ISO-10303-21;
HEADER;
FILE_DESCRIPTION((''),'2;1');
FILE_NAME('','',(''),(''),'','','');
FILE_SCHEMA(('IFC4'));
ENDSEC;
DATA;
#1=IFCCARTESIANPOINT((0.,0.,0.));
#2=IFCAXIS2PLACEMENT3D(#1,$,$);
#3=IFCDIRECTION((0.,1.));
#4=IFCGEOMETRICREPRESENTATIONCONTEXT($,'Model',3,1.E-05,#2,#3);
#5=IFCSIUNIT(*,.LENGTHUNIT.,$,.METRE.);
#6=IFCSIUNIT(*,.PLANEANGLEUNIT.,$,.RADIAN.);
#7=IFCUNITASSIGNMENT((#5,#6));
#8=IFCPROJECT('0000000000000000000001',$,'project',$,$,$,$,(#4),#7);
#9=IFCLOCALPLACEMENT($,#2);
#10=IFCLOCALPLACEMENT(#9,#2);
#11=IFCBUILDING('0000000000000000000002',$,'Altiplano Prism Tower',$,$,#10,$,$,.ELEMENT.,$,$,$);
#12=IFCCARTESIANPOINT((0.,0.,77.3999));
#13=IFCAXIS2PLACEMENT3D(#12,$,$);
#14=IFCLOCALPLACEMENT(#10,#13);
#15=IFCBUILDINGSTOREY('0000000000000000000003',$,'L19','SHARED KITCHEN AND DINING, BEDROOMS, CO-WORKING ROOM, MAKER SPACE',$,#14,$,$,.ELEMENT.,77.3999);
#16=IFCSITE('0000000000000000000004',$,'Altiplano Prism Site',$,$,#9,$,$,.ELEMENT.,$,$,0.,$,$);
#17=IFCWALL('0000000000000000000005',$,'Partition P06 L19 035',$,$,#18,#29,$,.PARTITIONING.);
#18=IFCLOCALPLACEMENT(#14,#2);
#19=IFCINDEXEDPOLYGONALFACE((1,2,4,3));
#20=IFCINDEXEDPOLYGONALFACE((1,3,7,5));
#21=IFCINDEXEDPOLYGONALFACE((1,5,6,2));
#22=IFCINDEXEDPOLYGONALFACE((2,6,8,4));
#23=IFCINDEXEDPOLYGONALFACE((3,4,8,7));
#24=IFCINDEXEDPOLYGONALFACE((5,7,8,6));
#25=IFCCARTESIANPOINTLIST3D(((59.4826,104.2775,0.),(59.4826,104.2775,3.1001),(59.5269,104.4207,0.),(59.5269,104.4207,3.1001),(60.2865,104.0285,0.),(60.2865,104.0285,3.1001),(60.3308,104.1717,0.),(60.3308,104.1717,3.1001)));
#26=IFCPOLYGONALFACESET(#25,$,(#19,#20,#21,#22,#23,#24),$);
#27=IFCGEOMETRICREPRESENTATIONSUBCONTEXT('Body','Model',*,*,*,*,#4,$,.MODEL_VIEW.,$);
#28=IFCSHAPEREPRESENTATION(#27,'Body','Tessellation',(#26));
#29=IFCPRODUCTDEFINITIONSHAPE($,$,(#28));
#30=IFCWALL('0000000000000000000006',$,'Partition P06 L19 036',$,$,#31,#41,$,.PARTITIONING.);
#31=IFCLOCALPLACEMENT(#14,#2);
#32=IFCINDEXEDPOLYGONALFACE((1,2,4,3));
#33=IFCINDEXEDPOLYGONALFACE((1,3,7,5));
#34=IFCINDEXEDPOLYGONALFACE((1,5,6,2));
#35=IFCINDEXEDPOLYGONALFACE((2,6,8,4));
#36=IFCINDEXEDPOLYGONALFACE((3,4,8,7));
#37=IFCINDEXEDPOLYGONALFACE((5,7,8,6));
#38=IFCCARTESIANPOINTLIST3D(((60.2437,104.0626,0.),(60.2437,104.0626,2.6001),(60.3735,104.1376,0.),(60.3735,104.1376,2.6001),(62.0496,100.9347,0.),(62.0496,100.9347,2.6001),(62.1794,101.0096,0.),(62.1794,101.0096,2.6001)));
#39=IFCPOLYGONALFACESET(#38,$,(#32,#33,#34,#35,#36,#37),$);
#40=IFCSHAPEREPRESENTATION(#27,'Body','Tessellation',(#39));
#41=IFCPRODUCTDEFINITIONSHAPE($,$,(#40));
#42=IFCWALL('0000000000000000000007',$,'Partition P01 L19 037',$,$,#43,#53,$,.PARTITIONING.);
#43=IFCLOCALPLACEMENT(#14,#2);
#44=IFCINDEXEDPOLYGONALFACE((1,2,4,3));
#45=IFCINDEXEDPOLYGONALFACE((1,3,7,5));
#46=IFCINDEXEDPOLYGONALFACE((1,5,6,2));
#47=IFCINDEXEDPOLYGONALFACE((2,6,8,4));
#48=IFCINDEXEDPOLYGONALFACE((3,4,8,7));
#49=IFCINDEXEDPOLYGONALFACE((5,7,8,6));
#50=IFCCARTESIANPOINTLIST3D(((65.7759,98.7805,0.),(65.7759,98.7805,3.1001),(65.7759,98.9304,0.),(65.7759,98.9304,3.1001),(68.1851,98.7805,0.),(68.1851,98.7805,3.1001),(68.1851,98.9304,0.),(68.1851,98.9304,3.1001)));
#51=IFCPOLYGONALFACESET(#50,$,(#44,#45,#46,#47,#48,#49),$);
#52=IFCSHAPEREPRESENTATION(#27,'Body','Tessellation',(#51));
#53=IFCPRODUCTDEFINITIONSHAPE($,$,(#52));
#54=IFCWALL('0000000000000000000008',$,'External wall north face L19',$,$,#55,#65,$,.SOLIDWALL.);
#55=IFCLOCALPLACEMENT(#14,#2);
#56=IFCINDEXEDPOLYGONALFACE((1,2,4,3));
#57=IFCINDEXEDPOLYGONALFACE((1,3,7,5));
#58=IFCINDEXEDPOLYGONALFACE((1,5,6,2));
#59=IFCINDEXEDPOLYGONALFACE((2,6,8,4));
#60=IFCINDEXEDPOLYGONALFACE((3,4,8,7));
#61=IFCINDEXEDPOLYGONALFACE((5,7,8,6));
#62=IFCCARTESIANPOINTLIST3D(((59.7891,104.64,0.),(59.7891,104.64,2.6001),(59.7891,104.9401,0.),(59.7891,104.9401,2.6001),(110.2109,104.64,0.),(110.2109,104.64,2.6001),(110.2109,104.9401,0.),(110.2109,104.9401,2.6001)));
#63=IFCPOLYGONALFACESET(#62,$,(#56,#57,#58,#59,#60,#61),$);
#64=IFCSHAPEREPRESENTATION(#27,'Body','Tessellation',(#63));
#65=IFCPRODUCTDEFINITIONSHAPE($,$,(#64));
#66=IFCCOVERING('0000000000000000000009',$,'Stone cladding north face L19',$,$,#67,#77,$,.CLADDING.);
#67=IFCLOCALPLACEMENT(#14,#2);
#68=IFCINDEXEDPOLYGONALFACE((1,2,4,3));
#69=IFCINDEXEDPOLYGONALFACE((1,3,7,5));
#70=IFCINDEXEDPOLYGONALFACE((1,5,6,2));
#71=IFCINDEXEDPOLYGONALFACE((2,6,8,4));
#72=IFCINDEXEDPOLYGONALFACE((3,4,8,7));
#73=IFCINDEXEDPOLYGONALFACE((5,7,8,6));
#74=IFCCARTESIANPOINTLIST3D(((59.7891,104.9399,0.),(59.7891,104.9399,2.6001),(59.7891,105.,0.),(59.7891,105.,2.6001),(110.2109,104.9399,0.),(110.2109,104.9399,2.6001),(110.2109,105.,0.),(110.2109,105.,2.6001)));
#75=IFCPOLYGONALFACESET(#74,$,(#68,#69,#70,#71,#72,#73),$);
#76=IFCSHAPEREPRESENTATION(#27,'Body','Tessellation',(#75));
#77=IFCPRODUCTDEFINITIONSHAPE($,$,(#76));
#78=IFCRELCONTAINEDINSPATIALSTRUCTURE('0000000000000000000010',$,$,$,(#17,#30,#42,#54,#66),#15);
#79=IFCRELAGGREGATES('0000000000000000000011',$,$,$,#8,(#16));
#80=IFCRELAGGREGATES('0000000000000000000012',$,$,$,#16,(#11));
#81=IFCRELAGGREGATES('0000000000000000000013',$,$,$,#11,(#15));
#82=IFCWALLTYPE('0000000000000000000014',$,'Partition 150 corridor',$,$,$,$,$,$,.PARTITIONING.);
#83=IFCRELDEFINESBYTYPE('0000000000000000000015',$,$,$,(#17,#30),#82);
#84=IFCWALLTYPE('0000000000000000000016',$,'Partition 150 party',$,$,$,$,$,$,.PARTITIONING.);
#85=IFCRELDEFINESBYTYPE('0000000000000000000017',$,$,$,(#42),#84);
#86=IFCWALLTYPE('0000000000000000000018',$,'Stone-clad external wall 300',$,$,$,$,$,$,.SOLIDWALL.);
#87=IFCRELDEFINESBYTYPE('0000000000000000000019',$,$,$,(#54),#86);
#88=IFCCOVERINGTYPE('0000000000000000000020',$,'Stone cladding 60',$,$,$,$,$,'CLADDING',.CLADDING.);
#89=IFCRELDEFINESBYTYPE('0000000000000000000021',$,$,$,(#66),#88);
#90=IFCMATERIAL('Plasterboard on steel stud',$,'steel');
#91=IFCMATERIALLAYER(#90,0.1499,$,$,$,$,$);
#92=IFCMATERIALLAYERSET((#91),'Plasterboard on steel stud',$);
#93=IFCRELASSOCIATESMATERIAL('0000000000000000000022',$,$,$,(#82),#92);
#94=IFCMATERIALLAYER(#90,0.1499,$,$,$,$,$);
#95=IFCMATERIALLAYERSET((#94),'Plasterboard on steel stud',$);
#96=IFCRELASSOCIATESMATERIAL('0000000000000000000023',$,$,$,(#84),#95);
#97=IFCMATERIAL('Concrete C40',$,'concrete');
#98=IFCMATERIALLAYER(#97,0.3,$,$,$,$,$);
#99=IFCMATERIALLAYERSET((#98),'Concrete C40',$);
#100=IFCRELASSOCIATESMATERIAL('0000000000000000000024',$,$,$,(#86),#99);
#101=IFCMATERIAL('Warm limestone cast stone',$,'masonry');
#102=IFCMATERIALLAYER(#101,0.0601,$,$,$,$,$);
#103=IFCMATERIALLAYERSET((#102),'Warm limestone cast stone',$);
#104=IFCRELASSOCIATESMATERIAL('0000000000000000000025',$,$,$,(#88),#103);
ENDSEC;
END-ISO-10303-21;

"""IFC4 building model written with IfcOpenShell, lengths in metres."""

from ifc_helpers import new_model, si_unit, direction, frame, frame_2d, origin, place, context, subcontext, project, spatial, rectangle, extrude, material, layer, layer_set, type_object, element, save


model = new_model("IFC4")

# Units and contexts
model_context = context("Model", 3, precision=1e-05, world=origin(), true_north=direction((0.0, 1.0)))
body_context = subcontext(model_context, "Body", "Model", "MODEL_VIEW")
ifc_project = project(units=[si_unit("LENGTHUNIT", "METRE"), si_unit("PLANEANGLEUNIT", "RADIAN")], contexts=[model_context])

# Site, building, storey
site_placement = place(None, origin())
site = spatial("IfcSite", under=ifc_project, at=site_placement, Name="Altiplano Prism Site", CompositionType="ELEMENT", RefElevation=0.0)
building_placement = place(site_placement, origin())
building = spatial("IfcBuilding", under=site, at=building_placement, Name="Altiplano Prism Tower", CompositionType="ELEMENT")
storey_placement = place(building_placement, frame((0.0, 0.0, 77.3999)))
storey = spatial("IfcBuildingStorey", under=building, at=storey_placement, Name="L19", Description="SHARED KITCHEN AND DINING, BEDROOMS, CO-WORKING ROOM, MAKER SPACE", CompositionType="ELEMENT", Elevation=77.3999)

# Shared definitions
ifc_material_1 = material(Name="Plasterboard on steel stud", Category="steel")

# Shared definitions
ifc_layer_1 = layer(ifc_material_1, 0.1499)
ifc_layer_set_1 = layer_set([ifc_layer_1], Name="Plasterboard on steel stud")
wall_type_1 = type_object("IfcWallType", Name="Partition 150 corridor", PredefinedType="PARTITIONING", material=ifc_layer_set_1)

# Walls
wall_1_placement = place(storey_placement, frame((59.5046, 104.3491, 0.0), z_axis=(0.0, 0.0, 1.0), x_axis=(0.955225, -0.295879, 0.0)))
element("IfcWall", 1, at=wall_1_placement, inside=storey, type_object=wall_type_1, Name="Partition P06 L19 035", PredefinedType="PARTITIONING", context=body_context, shape_type="SweptSolid", body=[
    extrude(rectangle(XDim=0.8416, YDim=0.1499, at=frame_2d((0.4209, 0.0))), origin(), (0.0, 0.0, 1.0), 3.1001),
])
wall_2_placement = place(storey_placement, frame((60.3086, 104.1001, 0.0), z_axis=(0.0, 0.0, 1.0), x_axis=(0.499999, -0.866026, 0.0)))
element("IfcWall", 2, at=wall_2_placement, inside=storey, type_object=wall_type_1, Name="Partition P06 L19 036", PredefinedType="PARTITIONING", context=body_context, shape_type="SweptSolid", body=[
    extrude(rectangle(XDim=3.6118, YDim=0.1499, at=frame_2d((1.8059, 0.0))), origin(), (0.0, 0.0, 1.0), 2.6001),
])
ifc_layer_2 = layer(ifc_material_1, 0.1499)
ifc_layer_set_2 = layer_set([ifc_layer_2], Name="Plasterboard on steel stud")
wall_type_2 = type_object("IfcWallType", Name="Partition 150 party", PredefinedType="PARTITIONING", material=ifc_layer_set_2)
wall_3_placement = place(storey_placement, frame((65.7759, 98.8555, 0.0), z_axis=(0.0, 0.0, 1.0), x_axis=(1.0, 0.0, 0.0)))
element("IfcWall", 3, at=wall_3_placement, inside=storey, type_object=wall_type_2, Name="Partition P01 L19 037", PredefinedType="PARTITIONING", context=body_context, shape_type="SweptSolid", body=[
    extrude(rectangle(XDim=2.4092, YDim=0.1499, at=frame_2d((1.2046, 0.0))), origin(), (0.0, 0.0, 1.0), 3.1001),
])
ifc_material_2 = material(Name="Concrete C40", Category="concrete")
ifc_layer_3 = layer(ifc_material_2, 0.3)
ifc_layer_set_3 = layer_set([ifc_layer_3], Name="Concrete C40")
wall_type_3 = type_object("IfcWallType", Name="Stone-clad external wall 300", PredefinedType="SOLIDWALL", material=ifc_layer_set_3)
wall_4_placement = place(storey_placement, frame((59.7891, 104.79, 0.0), z_axis=(0.0, 0.0, 1.0), x_axis=(1.0, 0.0, 0.0)))
element("IfcWall", 4, at=wall_4_placement, inside=storey, type_object=wall_type_3, Name="External wall north face L19", PredefinedType="SOLIDWALL", context=body_context, shape_type="SweptSolid", body=[
    extrude(rectangle(XDim=50.4219, YDim=0.3, at=frame_2d((25.2109, 0.0))), origin(), (0.0, 0.0, 1.0), 2.6001),
])

# Covering
ifc_material_3 = material(Name="Warm limestone cast stone", Category="masonry")
ifc_layer_4 = layer(ifc_material_3, 0.0601)
ifc_layer_set_4 = layer_set([ifc_layer_4], Name="Warm limestone cast stone")
covering_type = type_object("IfcCoveringType", Name="Stone cladding 60", ElementType="CLADDING", PredefinedType="CLADDING", material=ifc_layer_set_4)
covering_placement = place(storey_placement, frame((59.7891, 104.97, 0.0), z_axis=(0.0, 0.0, 1.0), x_axis=(1.0, 0.0, 0.0)))
element("IfcCovering", 5, at=covering_placement, inside=storey, type_object=covering_type, Name="Stone cladding north face L19", PredefinedType="CLADDING", context=body_context, shape_type="SweptSolid", body=[
    extrude(rectangle(XDim=50.4219, YDim=0.0601, at=frame_2d((25.2109, 0.0))), origin(), (0.0, 0.0, 1.0), 2.6001),
])

save(model, "model.ifc")
